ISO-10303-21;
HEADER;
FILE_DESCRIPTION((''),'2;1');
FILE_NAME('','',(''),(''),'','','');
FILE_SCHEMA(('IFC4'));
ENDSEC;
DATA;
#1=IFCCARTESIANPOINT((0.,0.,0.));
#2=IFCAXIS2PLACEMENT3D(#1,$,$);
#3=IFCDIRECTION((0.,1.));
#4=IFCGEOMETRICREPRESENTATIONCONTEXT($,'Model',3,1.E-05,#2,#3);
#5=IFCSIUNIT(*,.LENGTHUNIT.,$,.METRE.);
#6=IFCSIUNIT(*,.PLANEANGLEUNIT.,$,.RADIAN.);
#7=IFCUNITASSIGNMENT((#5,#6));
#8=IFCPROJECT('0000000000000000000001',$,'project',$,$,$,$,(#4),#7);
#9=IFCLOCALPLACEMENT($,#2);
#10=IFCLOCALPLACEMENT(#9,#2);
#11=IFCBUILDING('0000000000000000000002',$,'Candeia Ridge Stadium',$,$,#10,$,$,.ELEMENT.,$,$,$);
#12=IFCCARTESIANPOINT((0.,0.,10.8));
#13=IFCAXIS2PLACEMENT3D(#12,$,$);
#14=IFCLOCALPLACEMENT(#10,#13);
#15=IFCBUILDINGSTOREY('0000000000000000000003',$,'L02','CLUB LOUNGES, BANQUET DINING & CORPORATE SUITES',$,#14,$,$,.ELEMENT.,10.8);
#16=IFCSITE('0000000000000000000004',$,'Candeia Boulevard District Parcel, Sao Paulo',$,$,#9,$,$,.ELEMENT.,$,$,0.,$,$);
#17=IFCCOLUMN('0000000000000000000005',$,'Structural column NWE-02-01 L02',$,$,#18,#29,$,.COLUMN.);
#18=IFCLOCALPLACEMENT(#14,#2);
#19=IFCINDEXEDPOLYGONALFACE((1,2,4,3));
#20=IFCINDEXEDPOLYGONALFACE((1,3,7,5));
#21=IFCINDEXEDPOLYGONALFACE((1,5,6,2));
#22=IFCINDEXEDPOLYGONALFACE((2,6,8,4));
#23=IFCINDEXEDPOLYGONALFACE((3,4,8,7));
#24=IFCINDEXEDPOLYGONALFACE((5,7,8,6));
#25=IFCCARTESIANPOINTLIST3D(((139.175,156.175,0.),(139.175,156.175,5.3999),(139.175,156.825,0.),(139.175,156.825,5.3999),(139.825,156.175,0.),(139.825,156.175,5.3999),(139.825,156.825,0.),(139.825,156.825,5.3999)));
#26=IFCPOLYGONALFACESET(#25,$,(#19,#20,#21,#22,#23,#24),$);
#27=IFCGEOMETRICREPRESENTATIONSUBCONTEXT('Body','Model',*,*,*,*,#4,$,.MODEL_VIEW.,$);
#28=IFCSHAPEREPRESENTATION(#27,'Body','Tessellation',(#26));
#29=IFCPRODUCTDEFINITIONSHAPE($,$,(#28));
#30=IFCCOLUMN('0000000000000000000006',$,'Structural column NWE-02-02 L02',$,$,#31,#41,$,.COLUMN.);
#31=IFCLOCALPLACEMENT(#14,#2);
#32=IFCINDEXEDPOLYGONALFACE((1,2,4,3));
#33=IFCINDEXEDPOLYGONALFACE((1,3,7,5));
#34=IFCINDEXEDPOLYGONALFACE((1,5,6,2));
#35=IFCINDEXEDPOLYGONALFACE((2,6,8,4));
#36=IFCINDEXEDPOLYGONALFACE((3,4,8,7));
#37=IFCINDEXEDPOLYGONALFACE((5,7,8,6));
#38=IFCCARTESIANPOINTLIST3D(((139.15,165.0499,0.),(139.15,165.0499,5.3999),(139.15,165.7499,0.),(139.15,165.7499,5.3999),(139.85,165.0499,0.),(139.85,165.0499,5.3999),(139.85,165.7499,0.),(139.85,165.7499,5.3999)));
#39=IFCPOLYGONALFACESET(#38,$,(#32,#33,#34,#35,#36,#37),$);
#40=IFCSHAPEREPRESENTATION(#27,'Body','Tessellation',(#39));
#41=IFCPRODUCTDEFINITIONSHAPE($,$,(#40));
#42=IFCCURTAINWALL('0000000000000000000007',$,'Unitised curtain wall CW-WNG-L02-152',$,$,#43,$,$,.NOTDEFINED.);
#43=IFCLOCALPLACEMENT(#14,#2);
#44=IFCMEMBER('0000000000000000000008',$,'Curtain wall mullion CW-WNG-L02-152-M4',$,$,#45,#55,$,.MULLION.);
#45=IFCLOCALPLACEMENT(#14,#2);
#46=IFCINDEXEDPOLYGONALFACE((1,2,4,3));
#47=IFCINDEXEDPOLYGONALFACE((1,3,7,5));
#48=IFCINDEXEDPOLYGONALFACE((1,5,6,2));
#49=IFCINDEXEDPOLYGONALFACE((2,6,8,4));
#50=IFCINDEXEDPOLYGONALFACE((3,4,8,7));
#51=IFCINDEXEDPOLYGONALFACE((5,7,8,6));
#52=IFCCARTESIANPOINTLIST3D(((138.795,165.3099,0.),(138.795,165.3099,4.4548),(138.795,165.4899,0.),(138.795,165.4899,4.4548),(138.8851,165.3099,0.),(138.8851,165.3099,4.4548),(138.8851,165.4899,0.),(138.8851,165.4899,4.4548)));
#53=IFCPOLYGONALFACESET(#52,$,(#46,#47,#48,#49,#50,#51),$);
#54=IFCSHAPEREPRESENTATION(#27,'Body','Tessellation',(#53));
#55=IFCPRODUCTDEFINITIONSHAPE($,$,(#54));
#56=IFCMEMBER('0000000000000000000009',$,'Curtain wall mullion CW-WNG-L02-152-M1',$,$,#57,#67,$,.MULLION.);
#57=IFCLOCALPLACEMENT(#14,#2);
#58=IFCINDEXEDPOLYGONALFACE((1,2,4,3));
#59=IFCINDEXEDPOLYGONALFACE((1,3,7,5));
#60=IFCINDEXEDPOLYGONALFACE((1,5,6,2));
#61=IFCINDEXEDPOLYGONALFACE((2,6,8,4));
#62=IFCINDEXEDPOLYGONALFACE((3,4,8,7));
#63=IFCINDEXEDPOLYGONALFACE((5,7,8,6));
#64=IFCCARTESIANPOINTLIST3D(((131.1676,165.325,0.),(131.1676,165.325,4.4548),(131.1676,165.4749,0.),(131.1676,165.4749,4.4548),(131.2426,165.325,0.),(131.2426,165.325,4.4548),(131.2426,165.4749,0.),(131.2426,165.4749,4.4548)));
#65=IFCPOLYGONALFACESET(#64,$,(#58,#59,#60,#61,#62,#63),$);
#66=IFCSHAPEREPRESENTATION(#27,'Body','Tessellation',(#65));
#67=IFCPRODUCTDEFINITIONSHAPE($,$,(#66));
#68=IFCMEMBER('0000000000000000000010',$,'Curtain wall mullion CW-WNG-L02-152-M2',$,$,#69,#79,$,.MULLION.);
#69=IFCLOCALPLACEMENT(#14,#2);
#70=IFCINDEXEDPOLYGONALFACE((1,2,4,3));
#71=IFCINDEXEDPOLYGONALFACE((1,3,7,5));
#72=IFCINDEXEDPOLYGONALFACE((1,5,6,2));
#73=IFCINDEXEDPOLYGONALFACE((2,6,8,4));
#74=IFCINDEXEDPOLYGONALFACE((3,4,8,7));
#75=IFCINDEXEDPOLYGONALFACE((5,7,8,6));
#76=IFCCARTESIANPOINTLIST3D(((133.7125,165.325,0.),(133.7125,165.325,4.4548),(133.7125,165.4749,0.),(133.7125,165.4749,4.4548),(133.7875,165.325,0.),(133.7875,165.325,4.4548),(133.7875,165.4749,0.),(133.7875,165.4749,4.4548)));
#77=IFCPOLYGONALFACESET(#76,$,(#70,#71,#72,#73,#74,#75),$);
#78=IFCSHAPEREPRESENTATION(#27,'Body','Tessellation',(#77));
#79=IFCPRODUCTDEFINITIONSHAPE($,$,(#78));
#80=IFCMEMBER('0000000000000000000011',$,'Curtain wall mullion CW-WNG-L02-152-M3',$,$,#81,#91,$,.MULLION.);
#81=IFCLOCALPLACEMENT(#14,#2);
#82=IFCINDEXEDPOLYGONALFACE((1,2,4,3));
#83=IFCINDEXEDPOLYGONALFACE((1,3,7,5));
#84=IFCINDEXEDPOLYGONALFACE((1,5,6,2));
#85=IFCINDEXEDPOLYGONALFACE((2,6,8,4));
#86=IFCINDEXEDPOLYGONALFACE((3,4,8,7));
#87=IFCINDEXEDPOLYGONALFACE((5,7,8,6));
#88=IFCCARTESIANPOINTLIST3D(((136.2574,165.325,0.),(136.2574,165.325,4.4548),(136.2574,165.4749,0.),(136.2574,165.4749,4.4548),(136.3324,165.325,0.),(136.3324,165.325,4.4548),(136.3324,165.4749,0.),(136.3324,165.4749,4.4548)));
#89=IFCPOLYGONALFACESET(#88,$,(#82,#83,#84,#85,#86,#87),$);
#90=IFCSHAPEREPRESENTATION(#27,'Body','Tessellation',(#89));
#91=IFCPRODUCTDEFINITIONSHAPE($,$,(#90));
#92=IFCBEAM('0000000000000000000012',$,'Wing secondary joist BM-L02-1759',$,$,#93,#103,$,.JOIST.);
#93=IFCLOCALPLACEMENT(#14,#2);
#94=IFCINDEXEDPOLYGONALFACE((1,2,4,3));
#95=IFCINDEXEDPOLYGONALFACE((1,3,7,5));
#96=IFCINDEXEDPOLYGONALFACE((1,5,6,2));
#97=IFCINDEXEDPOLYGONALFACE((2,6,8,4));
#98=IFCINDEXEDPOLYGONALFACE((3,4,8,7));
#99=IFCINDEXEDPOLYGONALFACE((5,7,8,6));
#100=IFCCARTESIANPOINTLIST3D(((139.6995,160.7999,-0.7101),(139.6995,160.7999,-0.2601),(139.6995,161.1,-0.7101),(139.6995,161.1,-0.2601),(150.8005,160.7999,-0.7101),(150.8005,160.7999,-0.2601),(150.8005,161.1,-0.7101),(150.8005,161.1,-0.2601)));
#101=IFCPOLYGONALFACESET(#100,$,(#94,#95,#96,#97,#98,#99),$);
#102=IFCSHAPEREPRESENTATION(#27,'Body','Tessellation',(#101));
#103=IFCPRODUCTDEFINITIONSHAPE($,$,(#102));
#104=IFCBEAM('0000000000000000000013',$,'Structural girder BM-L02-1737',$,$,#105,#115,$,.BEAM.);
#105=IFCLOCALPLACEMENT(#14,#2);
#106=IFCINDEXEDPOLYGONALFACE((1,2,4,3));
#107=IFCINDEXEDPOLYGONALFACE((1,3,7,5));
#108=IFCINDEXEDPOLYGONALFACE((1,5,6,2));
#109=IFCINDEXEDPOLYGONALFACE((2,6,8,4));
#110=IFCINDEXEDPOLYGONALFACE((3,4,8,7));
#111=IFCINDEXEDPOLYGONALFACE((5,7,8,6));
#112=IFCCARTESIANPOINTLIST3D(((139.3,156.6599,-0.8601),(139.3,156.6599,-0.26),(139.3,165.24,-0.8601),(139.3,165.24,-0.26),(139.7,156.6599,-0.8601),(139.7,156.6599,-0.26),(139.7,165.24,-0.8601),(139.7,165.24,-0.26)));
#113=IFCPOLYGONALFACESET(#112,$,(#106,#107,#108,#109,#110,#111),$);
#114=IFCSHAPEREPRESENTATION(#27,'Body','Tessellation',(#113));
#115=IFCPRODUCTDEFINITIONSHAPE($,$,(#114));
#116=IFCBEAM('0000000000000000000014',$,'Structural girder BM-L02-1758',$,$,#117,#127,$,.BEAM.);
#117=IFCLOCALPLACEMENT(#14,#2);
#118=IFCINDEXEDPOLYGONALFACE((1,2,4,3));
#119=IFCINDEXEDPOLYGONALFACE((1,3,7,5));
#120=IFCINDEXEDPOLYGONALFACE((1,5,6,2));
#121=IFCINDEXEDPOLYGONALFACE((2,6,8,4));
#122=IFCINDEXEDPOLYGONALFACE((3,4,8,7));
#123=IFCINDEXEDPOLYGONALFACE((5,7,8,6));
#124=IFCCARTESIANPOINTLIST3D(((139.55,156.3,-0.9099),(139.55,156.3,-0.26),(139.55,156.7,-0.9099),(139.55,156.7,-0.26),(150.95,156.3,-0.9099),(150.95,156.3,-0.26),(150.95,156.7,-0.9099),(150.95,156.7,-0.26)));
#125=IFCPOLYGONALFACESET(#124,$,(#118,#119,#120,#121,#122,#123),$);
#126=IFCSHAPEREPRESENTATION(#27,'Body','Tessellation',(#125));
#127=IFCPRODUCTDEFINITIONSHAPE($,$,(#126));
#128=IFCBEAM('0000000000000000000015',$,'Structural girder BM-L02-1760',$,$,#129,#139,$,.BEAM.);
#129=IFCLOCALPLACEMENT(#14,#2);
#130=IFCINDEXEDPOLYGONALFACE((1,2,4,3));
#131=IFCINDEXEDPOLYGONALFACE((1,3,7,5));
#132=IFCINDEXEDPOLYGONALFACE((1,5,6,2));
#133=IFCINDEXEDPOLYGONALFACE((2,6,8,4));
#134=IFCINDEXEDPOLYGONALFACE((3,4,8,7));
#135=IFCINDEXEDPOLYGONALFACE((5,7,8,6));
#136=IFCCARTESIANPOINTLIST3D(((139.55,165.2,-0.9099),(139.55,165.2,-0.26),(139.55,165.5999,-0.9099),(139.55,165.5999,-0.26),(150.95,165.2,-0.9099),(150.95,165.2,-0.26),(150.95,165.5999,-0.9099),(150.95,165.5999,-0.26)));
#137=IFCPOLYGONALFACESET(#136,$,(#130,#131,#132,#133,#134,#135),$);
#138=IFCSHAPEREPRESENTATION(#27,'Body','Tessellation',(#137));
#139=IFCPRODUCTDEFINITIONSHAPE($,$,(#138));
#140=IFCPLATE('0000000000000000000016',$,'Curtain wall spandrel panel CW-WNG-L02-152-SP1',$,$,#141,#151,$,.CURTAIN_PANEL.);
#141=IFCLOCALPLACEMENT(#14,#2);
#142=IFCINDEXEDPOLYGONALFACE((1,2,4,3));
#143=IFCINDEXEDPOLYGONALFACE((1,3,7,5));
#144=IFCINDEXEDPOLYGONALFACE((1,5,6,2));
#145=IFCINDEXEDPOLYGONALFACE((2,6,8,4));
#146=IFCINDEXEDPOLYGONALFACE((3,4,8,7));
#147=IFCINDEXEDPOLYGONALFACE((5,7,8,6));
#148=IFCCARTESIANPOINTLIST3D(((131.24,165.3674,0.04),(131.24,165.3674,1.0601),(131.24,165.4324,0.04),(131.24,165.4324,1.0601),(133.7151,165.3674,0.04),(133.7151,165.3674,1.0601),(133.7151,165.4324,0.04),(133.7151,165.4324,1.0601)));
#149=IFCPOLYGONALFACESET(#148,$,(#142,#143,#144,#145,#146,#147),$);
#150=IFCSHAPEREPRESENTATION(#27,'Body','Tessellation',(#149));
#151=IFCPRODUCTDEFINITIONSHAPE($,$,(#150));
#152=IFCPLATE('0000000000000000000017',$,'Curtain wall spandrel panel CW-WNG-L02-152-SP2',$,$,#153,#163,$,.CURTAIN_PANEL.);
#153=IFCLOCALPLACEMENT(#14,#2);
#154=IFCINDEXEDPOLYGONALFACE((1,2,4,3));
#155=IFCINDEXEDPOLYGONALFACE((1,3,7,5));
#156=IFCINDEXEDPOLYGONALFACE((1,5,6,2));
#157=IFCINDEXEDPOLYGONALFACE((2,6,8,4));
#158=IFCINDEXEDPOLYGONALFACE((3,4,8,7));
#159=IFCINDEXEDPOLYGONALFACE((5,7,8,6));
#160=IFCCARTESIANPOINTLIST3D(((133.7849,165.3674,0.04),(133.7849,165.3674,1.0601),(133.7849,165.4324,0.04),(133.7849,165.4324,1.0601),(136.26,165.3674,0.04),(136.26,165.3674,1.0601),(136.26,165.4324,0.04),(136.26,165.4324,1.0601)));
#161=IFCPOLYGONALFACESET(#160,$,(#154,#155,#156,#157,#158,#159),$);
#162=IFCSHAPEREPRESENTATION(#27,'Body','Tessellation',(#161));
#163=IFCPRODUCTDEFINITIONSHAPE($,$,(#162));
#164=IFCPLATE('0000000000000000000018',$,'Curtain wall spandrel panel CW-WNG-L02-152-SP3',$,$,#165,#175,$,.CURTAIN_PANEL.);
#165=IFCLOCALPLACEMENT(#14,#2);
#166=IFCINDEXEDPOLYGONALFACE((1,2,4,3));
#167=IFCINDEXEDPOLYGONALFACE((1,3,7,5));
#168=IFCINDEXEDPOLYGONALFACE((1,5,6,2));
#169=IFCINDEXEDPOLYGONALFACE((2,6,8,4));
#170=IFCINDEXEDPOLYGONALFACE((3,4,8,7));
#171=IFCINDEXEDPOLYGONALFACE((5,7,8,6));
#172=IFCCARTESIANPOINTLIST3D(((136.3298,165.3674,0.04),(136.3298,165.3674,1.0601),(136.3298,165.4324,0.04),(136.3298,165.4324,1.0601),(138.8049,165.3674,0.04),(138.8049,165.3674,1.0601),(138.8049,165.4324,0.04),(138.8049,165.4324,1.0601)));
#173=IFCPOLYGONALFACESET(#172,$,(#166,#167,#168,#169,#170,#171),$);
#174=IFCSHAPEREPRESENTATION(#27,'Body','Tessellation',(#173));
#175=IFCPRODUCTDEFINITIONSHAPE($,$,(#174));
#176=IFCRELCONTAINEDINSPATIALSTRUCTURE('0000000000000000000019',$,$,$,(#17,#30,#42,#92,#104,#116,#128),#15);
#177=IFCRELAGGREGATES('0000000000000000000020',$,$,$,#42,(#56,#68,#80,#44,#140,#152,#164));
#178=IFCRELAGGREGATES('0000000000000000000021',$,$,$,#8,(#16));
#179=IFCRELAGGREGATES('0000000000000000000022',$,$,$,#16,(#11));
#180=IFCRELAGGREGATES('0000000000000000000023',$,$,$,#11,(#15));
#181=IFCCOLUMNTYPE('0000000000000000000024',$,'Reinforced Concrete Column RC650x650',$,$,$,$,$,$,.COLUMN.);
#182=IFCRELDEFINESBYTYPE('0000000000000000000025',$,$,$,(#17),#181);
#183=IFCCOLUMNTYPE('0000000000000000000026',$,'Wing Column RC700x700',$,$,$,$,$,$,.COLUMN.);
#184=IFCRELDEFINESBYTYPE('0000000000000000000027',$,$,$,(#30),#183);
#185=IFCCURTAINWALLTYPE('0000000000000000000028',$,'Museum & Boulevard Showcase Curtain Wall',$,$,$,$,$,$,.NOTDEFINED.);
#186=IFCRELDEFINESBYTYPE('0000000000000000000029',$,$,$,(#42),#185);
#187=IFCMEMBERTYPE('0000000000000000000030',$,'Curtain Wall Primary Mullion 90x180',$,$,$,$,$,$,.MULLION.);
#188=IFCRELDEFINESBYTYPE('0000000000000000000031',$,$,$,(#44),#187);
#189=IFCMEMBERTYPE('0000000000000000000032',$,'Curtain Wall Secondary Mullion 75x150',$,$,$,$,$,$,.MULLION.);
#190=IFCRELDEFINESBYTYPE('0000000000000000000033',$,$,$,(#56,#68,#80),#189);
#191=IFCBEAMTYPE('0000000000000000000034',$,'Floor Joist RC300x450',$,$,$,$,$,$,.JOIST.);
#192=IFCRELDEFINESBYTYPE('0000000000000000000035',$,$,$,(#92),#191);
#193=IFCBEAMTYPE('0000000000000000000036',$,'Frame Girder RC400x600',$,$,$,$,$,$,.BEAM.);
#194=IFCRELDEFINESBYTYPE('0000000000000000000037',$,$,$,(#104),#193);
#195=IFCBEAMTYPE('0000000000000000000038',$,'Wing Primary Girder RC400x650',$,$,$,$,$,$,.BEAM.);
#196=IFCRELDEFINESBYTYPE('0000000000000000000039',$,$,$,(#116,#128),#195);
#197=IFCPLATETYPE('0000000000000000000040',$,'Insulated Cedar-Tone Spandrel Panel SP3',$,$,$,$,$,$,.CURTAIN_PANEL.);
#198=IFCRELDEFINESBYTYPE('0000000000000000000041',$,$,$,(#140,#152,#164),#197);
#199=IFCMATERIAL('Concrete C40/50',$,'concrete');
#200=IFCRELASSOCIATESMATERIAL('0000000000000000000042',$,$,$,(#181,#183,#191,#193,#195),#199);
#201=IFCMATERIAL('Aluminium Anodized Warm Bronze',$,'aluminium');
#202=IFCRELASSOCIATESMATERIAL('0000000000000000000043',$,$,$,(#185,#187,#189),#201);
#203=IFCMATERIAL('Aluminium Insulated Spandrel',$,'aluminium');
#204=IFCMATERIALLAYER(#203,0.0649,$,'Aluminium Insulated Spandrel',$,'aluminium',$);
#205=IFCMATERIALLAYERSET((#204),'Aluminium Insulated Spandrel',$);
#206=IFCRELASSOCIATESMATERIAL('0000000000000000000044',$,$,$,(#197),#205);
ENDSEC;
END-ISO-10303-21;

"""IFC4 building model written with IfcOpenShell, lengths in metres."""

from ifc_helpers import new_model, si_unit, direction, frame, origin, origin_2d, place, context, subcontext, project, spatial, rectangle, extrude, material, layer, layer_set, material_profile, profile_set, type_object, element, aggregate, save


model = new_model("IFC4")

# Units and contexts
model_context = context("Model", 3, precision=1e-05, world=origin(), true_north=direction((0.0, 1.0)))
body_context = subcontext(model_context, "Body", "Model", "MODEL_VIEW")
ifc_project = project(units=[si_unit("LENGTHUNIT", "METRE"), si_unit("PLANEANGLEUNIT", "RADIAN")], contexts=[model_context])

# Site, building, storey
site_placement = place(None, origin())
site = spatial("IfcSite", under=ifc_project, at=site_placement, Name="Candeia Boulevard District Parcel, Sao Paulo", CompositionType="ELEMENT", RefElevation=0.0)
building_placement = place(site_placement, origin())
building = spatial("IfcBuilding", under=site, at=building_placement, Name="Candeia Ridge Stadium", CompositionType="ELEMENT")
storey_placement = place(building_placement, frame((0.0, 0.0, 10.8)))
storey = spatial("IfcBuildingStorey", under=building, at=storey_placement, Name="L02", Description="CLUB LOUNGES, BANQUET DINING & CORPORATE SUITES", CompositionType="ELEMENT", Elevation=10.8)

# Columns
ifc_material_1 = material(Name="Concrete C40/50", Category="concrete")
ifc_material_profile_1 = material_profile(ifc_material_1, rectangle(XDim=0.6499, YDim=0.6499, at=origin_2d()), Name="RC650x650", Category="concrete")
ifc_profile_set_1 = profile_set([ifc_material_profile_1], Name="Concrete C40/50")
column_type_1 = type_object("IfcColumnType", Name="Reinforced Concrete Column RC650x650", PredefinedType="COLUMN", material=ifc_profile_set_1)
column_1_placement = place(storey_placement, frame((139.5, 156.5, 0.0), z_axis=(0.0, 0.0, 1.0), x_axis=(1.0, 0.0, 0.0)))
element("IfcColumn", 1, at=column_1_placement, inside=storey, type_object=column_type_1, Name="Structural column NWE-02-01 L02", PredefinedType="COLUMN", context=body_context, shape_type="SweptSolid", body=[
    extrude(rectangle(XDim=0.6499, YDim=0.6499, at=origin_2d()), origin(), (0.0, 0.0, 1.0), 5.3999),
])
ifc_material_profile_2 = material_profile(ifc_material_1, rectangle(XDim=0.7, YDim=0.7, at=origin_2d()), Name="RC700x700", Category="concrete")
ifc_profile_set_2 = profile_set([ifc_material_profile_2], Name="Concrete C40/50")
column_type_2 = type_object("IfcColumnType", Name="Wing Column RC700x700", PredefinedType="COLUMN", material=ifc_profile_set_2)
column_2_placement = place(storey_placement, frame((139.5, 165.3999, 0.0), z_axis=(0.0, 0.0, 1.0), x_axis=(1.0, 0.0, 0.0)))
element("IfcColumn", 2, at=column_2_placement, inside=storey, type_object=column_type_2, Name="Structural column NWE-02-02 L02", PredefinedType="COLUMN", context=body_context, shape_type="SweptSolid", body=[
    extrude(rectangle(XDim=0.7, YDim=0.7, at=origin_2d()), origin(), (0.0, 0.0, 1.0), 5.3999),
])

# Curtain wall, members
ifc_material_2 = material(Name="Aluminium Anodized Warm Bronze", Category="aluminium")
curtain_wall_type = type_object("IfcCurtainWallType", Name="Museum & Boulevard Showcase Curtain Wall", PredefinedType="NOTDEFINED", material=ifc_material_2)
curtain_wall_placement = place(storey_placement, origin())
curtain_wall = element("IfcCurtainWall", 3, at=curtain_wall_placement, inside=storey, type_object=curtain_wall_type, Name="Unitised curtain wall CW-WNG-L02-152", PredefinedType="NOTDEFINED")
ifc_material_profile_3 = material_profile(ifc_material_2, rectangle(XDim=0.0901, YDim=0.1799, at=origin_2d()), Name="CWM-90x180", Category="aluminium")
ifc_profile_set_3 = profile_set([ifc_material_profile_3], Name="Aluminium Anodized Warm Bronze")
member_type_1 = type_object("IfcMemberType", Name="Curtain Wall Primary Mullion 90x180", PredefinedType="MULLION", material=ifc_profile_set_3)
member_1_placement = place(storey_placement, frame((138.8401, 165.3999, 0.0), z_axis=(0.0, 0.0, 1.0), x_axis=(1.0, 0.0, 0.0)))
member_1 = element("IfcMember", 4, at=member_1_placement, type_object=member_type_1, Name="Curtain wall mullion CW-WNG-L02-152-M4", PredefinedType="MULLION", context=body_context, shape_type="SweptSolid", body=[
    extrude(rectangle(XDim=0.0901, YDim=0.1799, at=origin_2d()), origin(), (0.0, 0.0, 1.0), 4.4548),
])
ifc_material_profile_4 = material_profile(ifc_material_2, rectangle(XDim=0.075, YDim=0.1499, at=origin_2d()), Name="CWM-75x150", Category="aluminium")
ifc_profile_set_4 = profile_set([ifc_material_profile_4], Name="Aluminium Anodized Warm Bronze")
member_type_2 = type_object("IfcMemberType", Name="Curtain Wall Secondary Mullion 75x150", PredefinedType="MULLION", material=ifc_profile_set_4)
member_2_placement = place(storey_placement, frame((131.2051, 165.3999, 0.0), z_axis=(0.0, 0.0, 1.0), x_axis=(1.0, 0.0, 0.0)))
member_2 = element("IfcMember", 5, at=member_2_placement, type_object=member_type_2, Name="Curtain wall mullion CW-WNG-L02-152-M1", PredefinedType="MULLION", context=body_context, shape_type="SweptSolid", body=[
    extrude(rectangle(XDim=0.075, YDim=0.1499, at=origin_2d()), origin(), (0.0, 0.0, 1.0), 4.4548),
])
member_3_placement = place(storey_placement, frame((133.75, 165.3999, 0.0), z_axis=(0.0, 0.0, 1.0), x_axis=(1.0, 0.0, 0.0)))
member_3 = element("IfcMember", 6, at=member_3_placement, type_object=member_type_2, Name="Curtain wall mullion CW-WNG-L02-152-M2", PredefinedType="MULLION", context=body_context, shape_type="SweptSolid", body=[
    extrude(rectangle(XDim=0.075, YDim=0.1499, at=origin_2d()), origin(), (0.0, 0.0, 1.0), 4.4548),
])
member_4_placement = place(storey_placement, frame((136.2949, 165.3999, 0.0), z_axis=(0.0, 0.0, 1.0), x_axis=(1.0, 0.0, 0.0)))
member_4 = element("IfcMember", 7, at=member_4_placement, type_object=member_type_2, Name="Curtain wall mullion CW-WNG-L02-152-M3", PredefinedType="MULLION", context=body_context, shape_type="SweptSolid", body=[
    extrude(rectangle(XDim=0.075, YDim=0.1499, at=origin_2d()), origin(), (0.0, 0.0, 1.0), 4.4548),
])

# Beams
ifc_material_profile_5 = material_profile(ifc_material_1, rectangle(XDim=0.3, YDim=0.45, at=origin_2d()), Name="RC300x450", Category="concrete")
ifc_profile_set_5 = profile_set([ifc_material_profile_5], Name="Concrete C40/50")
beam_type_1 = type_object("IfcBeamType", Name="Floor Joist RC300x450", PredefinedType="JOIST", material=ifc_profile_set_5)
beam_1_placement = place(storey_placement, frame((139.6995, 160.95, -0.4851), z_axis=(1.0, 0.0, 0.0), x_axis=(0.0, 1.0, 0.0)))
element("IfcBeam", 8, at=beam_1_placement, inside=storey, type_object=beam_type_1, Name="Wing secondary joist BM-L02-1759", PredefinedType="JOIST", context=body_context, shape_type="SweptSolid", body=[
    extrude(rectangle(XDim=0.3, YDim=0.45, at=origin_2d()), origin(), (0.0, 0.0, 1.0), 11.1011),
])
ifc_material_profile_6 = material_profile(ifc_material_1, rectangle(XDim=0.3999, YDim=0.6001, at=origin_2d()), Name="RC400x600", Category="concrete")
ifc_profile_set_6 = profile_set([ifc_material_profile_6], Name="Concrete C40/50")
beam_type_2 = type_object("IfcBeamType", Name="Frame Girder RC400x600", PredefinedType="BEAM", material=ifc_profile_set_6)
beam_2_placement = place(storey_placement, frame((139.5, 156.6599, -0.5601), z_axis=(0.0, 1.0, 0.0), x_axis=(-1.0, 0.0, 0.0)))
element("IfcBeam", 9, at=beam_2_placement, inside=storey, type_object=beam_type_2, Name="Structural girder BM-L02-1737", PredefinedType="BEAM", context=body_context, shape_type="SweptSolid", body=[
    extrude(rectangle(XDim=0.3999, YDim=0.6001, at=origin_2d()), origin(), (0.0, 0.0, 1.0), 8.5801),
])
ifc_material_profile_7 = material_profile(ifc_material_1, rectangle(XDim=0.3999, YDim=0.6499, at=origin_2d()), Name="RC400x650", Category="concrete")
ifc_profile_set_7 = profile_set([ifc_material_profile_7], Name="Concrete C40/50")
beam_type_3 = type_object("IfcBeamType", Name="Wing Primary Girder RC400x650", PredefinedType="BEAM", material=ifc_profile_set_7)
for number, where, z_axis, x_axis, name in (
    (10, (139.55, 156.5, -0.585), (1.0, 0.0, 0.0), (0.0, 1.0, 0.0), "Structural girder BM-L02-1758"),
    (11, (139.55, 165.3999, -0.585), (1.0, 0.0, 0.0), (0.0, 1.0, 0.0), "Structural girder BM-L02-1760"),
):
    element("IfcBeam", number, at=place(storey_placement, frame(where, z_axis=z_axis, x_axis=x_axis)), inside=storey, type_object=beam_type_3, Name=name, PredefinedType="BEAM", context=body_context, shape_type="SweptSolid", body=[
        extrude(rectangle(XDim=0.3999, YDim=0.6499, at=origin_2d()), origin(), (0.0, 0.0, 1.0), 11.3999),
    ])

# Plates
ifc_material_3 = material(Name="Aluminium Insulated Spandrel", Category="aluminium")
ifc_layer_1 = layer(ifc_material_3, 0.0649, Name="Aluminium Insulated Spandrel", Category="aluminium")
ifc_layer_set_1 = layer_set([ifc_layer_1], Name="Aluminium Insulated Spandrel")
plate_type_1 = type_object("IfcPlateType", Name="Insulated Cedar-Tone Spandrel Panel SP3", PredefinedType="CURTAIN_PANEL", material=ifc_layer_set_1)
plate_1_placement = place(storey_placement, frame((132.4775, 165.3999, 0.04), z_axis=(0.0, 0.0, 1.0), x_axis=(1.0, 0.0, 0.0)))
plate_1 = element("IfcPlate", 12, at=plate_1_placement, type_object=plate_type_1, Name="Curtain wall spandrel panel CW-WNG-L02-152-SP1", PredefinedType="CURTAIN_PANEL", context=body_context, shape_type="SweptSolid", body=[
    extrude(rectangle(XDim=2.4751, YDim=0.0649, at=origin_2d()), origin(), (0.0, 0.0, 1.0), 1.02),
])
plate_2_placement = place(storey_placement, frame((135.0225, 165.3999, 0.04), z_axis=(0.0, 0.0, 1.0), x_axis=(1.0, 0.0, 0.0)))
plate_2 = element("IfcPlate", 13, at=plate_2_placement, type_object=plate_type_1, Name="Curtain wall spandrel panel CW-WNG-L02-152-SP2", PredefinedType="CURTAIN_PANEL", context=body_context, shape_type="SweptSolid", body=[
    extrude(rectangle(XDim=2.4751, YDim=0.0649, at=origin_2d()), origin(), (0.0, 0.0, 1.0), 1.02),
])
plate_3_placement = place(storey_placement, frame((137.5674, 165.3999, 0.04), z_axis=(0.0, 0.0, 1.0), x_axis=(1.0, 0.0, 0.0)))
plate_3 = element("IfcPlate", 14, at=plate_3_placement, type_object=plate_type_1, Name="Curtain wall spandrel panel CW-WNG-L02-152-SP3", PredefinedType="CURTAIN_PANEL", context=body_context, shape_type="SweptSolid", body=[
    extrude(rectangle(XDim=2.4751, YDim=0.0649, at=origin_2d()), origin(), (0.0, 0.0, 1.0), 1.02),
])
aggregate(curtain_wall, [member_2, member_3, member_4, member_1, plate_1, plate_2, plate_3])

save(model, "model.ifc")
